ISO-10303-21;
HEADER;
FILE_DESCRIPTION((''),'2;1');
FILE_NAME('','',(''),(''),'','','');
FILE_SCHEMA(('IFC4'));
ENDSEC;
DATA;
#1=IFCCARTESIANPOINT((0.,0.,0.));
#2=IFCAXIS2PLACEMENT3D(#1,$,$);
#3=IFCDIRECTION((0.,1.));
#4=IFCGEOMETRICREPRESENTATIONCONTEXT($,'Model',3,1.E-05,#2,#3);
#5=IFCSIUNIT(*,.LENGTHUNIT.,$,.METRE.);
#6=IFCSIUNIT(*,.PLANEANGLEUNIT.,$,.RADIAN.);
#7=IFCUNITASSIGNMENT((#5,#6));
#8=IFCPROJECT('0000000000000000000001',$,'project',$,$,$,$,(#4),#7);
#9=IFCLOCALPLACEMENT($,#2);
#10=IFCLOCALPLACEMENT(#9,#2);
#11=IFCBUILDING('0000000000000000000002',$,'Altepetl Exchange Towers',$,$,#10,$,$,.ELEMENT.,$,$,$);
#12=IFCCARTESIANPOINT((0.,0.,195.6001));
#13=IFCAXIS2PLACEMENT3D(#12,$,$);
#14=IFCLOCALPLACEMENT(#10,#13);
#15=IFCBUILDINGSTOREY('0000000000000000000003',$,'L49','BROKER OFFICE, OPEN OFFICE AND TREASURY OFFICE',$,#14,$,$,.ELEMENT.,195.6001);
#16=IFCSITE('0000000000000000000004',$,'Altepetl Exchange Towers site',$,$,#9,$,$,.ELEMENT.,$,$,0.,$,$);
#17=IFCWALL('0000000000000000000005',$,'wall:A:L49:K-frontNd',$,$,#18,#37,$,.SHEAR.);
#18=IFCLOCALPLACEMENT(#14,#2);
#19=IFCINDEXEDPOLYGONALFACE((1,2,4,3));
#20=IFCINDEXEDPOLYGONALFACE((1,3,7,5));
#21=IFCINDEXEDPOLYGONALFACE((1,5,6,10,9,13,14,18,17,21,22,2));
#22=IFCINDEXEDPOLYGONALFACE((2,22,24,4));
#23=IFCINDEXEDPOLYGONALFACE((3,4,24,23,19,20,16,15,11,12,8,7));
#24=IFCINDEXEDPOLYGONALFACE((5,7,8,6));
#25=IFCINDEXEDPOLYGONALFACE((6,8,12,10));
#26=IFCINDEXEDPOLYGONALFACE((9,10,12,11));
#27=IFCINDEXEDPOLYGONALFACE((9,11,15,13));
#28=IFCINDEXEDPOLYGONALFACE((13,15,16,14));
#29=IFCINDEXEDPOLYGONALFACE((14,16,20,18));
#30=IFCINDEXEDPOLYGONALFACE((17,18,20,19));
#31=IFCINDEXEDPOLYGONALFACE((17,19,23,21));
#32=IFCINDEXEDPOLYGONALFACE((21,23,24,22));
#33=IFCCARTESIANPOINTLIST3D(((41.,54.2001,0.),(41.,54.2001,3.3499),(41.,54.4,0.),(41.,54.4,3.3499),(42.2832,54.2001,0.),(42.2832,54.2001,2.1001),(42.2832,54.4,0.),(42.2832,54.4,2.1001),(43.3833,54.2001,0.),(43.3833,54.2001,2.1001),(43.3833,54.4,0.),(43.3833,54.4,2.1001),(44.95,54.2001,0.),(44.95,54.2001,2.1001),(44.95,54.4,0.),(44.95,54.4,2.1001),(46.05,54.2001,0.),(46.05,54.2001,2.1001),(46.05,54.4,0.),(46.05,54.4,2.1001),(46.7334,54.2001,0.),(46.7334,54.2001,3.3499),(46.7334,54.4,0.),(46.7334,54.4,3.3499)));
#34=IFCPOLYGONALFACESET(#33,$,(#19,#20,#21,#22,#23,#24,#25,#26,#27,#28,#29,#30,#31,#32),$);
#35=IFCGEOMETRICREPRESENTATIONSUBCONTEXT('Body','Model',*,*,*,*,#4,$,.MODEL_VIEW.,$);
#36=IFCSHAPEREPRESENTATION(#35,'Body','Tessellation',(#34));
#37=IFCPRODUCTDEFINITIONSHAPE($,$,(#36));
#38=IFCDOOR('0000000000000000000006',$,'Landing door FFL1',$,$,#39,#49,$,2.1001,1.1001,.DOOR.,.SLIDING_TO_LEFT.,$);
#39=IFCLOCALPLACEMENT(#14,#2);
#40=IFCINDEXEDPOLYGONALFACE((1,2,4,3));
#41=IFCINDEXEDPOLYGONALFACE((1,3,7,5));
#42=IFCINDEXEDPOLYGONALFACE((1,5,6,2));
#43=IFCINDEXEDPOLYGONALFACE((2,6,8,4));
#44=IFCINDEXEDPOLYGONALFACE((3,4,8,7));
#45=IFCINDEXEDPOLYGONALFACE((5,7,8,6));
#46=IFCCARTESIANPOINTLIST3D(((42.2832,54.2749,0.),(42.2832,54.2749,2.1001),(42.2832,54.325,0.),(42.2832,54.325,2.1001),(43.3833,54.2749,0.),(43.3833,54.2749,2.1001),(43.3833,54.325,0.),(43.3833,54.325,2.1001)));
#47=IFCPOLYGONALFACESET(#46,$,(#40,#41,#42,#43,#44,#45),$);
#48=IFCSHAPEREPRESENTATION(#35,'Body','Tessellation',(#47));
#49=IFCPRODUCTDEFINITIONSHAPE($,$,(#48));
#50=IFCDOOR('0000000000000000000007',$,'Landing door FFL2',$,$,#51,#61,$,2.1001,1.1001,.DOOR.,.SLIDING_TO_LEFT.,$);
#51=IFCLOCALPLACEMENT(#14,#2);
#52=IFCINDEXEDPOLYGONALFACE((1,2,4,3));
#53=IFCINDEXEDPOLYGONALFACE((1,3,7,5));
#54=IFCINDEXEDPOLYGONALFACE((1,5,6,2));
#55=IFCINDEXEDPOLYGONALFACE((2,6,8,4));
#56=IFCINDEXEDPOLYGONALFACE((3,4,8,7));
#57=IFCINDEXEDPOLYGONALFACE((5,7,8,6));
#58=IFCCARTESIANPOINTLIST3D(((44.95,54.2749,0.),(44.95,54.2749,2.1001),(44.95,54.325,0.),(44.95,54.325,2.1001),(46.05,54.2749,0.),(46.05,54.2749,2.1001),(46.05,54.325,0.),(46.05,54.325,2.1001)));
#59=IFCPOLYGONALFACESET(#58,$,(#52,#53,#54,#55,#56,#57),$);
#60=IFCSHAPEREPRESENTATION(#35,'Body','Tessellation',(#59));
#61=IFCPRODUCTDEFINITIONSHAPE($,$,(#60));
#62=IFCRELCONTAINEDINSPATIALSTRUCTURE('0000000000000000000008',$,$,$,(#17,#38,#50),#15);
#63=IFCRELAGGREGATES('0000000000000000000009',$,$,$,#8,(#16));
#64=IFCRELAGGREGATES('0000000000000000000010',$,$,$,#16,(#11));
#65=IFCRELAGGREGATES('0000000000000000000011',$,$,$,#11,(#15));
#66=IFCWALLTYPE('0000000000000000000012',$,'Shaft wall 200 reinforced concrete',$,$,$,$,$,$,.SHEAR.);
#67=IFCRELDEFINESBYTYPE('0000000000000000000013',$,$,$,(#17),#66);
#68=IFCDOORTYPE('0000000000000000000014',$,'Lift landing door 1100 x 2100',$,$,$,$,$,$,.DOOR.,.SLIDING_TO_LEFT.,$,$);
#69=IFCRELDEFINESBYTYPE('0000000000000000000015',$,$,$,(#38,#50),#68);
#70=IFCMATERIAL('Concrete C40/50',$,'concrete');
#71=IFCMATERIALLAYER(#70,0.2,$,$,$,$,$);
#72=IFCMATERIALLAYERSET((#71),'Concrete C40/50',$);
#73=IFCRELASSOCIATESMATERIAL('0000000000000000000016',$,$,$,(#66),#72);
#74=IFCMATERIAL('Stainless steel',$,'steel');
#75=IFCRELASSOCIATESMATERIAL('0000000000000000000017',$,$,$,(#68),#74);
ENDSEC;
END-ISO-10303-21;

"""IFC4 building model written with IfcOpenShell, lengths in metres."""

from ifc_helpers import new_model, si_unit, direction, frame, frame_2d, origin, place, context, subcontext, project, spatial, rectangle, extrude, material, layer, layer_set, type_object, element, fill, save


model = new_model("IFC4")

# Units and contexts
model_context = context("Model", 3, precision=1e-05, world=origin(), true_north=direction((0.0, 1.0)))
body_context = subcontext(model_context, "Body", "Model", "MODEL_VIEW")
ifc_project = project(units=[si_unit("LENGTHUNIT", "METRE"), si_unit("PLANEANGLEUNIT", "RADIAN")], contexts=[model_context])

# Site, building, storey
site_placement = place(None, origin())
site = spatial("IfcSite", under=ifc_project, at=site_placement, Name="Altepetl Exchange Towers site", CompositionType="ELEMENT", RefElevation=0.0)
building_placement = place(site_placement, origin())
building = spatial("IfcBuilding", under=site, at=building_placement, Name="Altepetl Exchange Towers", CompositionType="ELEMENT")
storey_placement = place(building_placement, frame((0.0, 0.0, 195.6001)))
storey = spatial("IfcBuildingStorey", under=building, at=storey_placement, Name="L49", Description="BROKER OFFICE, OPEN OFFICE AND TREASURY OFFICE", CompositionType="ELEMENT", Elevation=195.6001)

# Shared definitions
ifc_material_1 = material(Name="Concrete C40/50", Category="concrete")
ifc_layer_1 = layer(ifc_material_1, 0.2)
ifc_layer_set_1 = layer_set([ifc_layer_1], Name="Concrete C40/50")
wall_type_1 = type_object("IfcWallType", Name="Shaft wall 200 reinforced concrete", PredefinedType="SHEAR", material=ifc_layer_set_1)

# Wall, openings, doors
ifc_material_2 = material(Name="Stainless steel", Category="steel")
wall_1_placement = place(storey_placement, frame((41.0, 54.3, 0.0)))
wall_1 = element("IfcWall", 1, at=wall_1_placement, inside=storey, type_object=wall_type_1, Name="wall:A:L49:K-frontNd", PredefinedType="SHEAR", context=body_context, shape_type="SweptSolid", body=[
    extrude(rectangle(XDim=5.7334, YDim=0.2, at=frame_2d((2.8667, 0.0))), origin(), (0.0, 0.0, 1.0), 3.3499),
])
opening_1_placement = place(wall_1_placement, frame((1.2832, 0.0, 0.0)))
opening_1 = element("IfcOpeningElement", 2, at=opening_1_placement, cuts=wall_1, PredefinedType="OPENING", context=body_context, shape_type="SweptSolid", body=[
    extrude(rectangle(XDim=1.1001, YDim=2.1001, at=frame_2d((0.55, 1.05))), frame((0.0, 0.1099, 0.0), z_axis=(0.0, -1.0, 0.0), x_axis=(1.0, 0.0, 0.0)), (0.0, 0.0, 1.0), 0.22),
])
opening_2_placement = place(wall_1_placement, frame((3.95, 0.0, 0.0)))
opening_2 = element("IfcOpeningElement", 3, at=opening_2_placement, cuts=wall_1, PredefinedType="OPENING", context=body_context, shape_type="SweptSolid", body=[
    extrude(rectangle(XDim=1.1001, YDim=2.1001, at=frame_2d((0.55, 1.05))), frame((0.0, 0.1099, 0.0), z_axis=(0.0, -1.0, 0.0), x_axis=(1.0, 0.0, 0.0)), (0.0, 0.0, 1.0), 0.22),
])
door_type_1 = type_object("IfcDoorType", Name="Lift landing door 1100 x 2100", OperationType="SLIDING_TO_LEFT", PredefinedType="DOOR", material=ifc_material_2)
door_1_placement = place(opening_1_placement, origin())
door_1 = element("IfcDoor", 4, at=door_1_placement, inside=storey, type_object=door_type_1, Name="Landing door FFL1", OperationType="SLIDING_TO_LEFT", OverallHeight=2.1001, OverallWidth=1.1001, PredefinedType="DOOR", context=body_context, shape_type="SweptSolid", body=[
    extrude(rectangle(XDim=1.1001, YDim=2.1001, at=frame_2d((0.55, 1.05))), frame((0.0, 0.0249, 0.0), z_axis=(0.0, -1.0, 0.0), x_axis=(1.0, 0.0, 0.0)), (0.0, 0.0, 1.0), 0.05),
])
fill(opening_1, door_1)
door_2_placement = place(opening_2_placement, origin())
door_2 = element("IfcDoor", 5, at=door_2_placement, inside=storey, type_object=door_type_1, Name="Landing door FFL2", OperationType="SLIDING_TO_LEFT", OverallHeight=2.1001, OverallWidth=1.1001, PredefinedType="DOOR", context=body_context, shape_type="SweptSolid", body=[
    extrude(rectangle(XDim=1.1001, YDim=2.1001, at=frame_2d((0.55, 1.05))), frame((0.0, 0.0249, 0.0), z_axis=(0.0, -1.0, 0.0), x_axis=(1.0, 0.0, 0.0)), (0.0, 0.0, 1.0), 0.05),
])
fill(opening_2, door_2)

save(model, "model.ifc")
